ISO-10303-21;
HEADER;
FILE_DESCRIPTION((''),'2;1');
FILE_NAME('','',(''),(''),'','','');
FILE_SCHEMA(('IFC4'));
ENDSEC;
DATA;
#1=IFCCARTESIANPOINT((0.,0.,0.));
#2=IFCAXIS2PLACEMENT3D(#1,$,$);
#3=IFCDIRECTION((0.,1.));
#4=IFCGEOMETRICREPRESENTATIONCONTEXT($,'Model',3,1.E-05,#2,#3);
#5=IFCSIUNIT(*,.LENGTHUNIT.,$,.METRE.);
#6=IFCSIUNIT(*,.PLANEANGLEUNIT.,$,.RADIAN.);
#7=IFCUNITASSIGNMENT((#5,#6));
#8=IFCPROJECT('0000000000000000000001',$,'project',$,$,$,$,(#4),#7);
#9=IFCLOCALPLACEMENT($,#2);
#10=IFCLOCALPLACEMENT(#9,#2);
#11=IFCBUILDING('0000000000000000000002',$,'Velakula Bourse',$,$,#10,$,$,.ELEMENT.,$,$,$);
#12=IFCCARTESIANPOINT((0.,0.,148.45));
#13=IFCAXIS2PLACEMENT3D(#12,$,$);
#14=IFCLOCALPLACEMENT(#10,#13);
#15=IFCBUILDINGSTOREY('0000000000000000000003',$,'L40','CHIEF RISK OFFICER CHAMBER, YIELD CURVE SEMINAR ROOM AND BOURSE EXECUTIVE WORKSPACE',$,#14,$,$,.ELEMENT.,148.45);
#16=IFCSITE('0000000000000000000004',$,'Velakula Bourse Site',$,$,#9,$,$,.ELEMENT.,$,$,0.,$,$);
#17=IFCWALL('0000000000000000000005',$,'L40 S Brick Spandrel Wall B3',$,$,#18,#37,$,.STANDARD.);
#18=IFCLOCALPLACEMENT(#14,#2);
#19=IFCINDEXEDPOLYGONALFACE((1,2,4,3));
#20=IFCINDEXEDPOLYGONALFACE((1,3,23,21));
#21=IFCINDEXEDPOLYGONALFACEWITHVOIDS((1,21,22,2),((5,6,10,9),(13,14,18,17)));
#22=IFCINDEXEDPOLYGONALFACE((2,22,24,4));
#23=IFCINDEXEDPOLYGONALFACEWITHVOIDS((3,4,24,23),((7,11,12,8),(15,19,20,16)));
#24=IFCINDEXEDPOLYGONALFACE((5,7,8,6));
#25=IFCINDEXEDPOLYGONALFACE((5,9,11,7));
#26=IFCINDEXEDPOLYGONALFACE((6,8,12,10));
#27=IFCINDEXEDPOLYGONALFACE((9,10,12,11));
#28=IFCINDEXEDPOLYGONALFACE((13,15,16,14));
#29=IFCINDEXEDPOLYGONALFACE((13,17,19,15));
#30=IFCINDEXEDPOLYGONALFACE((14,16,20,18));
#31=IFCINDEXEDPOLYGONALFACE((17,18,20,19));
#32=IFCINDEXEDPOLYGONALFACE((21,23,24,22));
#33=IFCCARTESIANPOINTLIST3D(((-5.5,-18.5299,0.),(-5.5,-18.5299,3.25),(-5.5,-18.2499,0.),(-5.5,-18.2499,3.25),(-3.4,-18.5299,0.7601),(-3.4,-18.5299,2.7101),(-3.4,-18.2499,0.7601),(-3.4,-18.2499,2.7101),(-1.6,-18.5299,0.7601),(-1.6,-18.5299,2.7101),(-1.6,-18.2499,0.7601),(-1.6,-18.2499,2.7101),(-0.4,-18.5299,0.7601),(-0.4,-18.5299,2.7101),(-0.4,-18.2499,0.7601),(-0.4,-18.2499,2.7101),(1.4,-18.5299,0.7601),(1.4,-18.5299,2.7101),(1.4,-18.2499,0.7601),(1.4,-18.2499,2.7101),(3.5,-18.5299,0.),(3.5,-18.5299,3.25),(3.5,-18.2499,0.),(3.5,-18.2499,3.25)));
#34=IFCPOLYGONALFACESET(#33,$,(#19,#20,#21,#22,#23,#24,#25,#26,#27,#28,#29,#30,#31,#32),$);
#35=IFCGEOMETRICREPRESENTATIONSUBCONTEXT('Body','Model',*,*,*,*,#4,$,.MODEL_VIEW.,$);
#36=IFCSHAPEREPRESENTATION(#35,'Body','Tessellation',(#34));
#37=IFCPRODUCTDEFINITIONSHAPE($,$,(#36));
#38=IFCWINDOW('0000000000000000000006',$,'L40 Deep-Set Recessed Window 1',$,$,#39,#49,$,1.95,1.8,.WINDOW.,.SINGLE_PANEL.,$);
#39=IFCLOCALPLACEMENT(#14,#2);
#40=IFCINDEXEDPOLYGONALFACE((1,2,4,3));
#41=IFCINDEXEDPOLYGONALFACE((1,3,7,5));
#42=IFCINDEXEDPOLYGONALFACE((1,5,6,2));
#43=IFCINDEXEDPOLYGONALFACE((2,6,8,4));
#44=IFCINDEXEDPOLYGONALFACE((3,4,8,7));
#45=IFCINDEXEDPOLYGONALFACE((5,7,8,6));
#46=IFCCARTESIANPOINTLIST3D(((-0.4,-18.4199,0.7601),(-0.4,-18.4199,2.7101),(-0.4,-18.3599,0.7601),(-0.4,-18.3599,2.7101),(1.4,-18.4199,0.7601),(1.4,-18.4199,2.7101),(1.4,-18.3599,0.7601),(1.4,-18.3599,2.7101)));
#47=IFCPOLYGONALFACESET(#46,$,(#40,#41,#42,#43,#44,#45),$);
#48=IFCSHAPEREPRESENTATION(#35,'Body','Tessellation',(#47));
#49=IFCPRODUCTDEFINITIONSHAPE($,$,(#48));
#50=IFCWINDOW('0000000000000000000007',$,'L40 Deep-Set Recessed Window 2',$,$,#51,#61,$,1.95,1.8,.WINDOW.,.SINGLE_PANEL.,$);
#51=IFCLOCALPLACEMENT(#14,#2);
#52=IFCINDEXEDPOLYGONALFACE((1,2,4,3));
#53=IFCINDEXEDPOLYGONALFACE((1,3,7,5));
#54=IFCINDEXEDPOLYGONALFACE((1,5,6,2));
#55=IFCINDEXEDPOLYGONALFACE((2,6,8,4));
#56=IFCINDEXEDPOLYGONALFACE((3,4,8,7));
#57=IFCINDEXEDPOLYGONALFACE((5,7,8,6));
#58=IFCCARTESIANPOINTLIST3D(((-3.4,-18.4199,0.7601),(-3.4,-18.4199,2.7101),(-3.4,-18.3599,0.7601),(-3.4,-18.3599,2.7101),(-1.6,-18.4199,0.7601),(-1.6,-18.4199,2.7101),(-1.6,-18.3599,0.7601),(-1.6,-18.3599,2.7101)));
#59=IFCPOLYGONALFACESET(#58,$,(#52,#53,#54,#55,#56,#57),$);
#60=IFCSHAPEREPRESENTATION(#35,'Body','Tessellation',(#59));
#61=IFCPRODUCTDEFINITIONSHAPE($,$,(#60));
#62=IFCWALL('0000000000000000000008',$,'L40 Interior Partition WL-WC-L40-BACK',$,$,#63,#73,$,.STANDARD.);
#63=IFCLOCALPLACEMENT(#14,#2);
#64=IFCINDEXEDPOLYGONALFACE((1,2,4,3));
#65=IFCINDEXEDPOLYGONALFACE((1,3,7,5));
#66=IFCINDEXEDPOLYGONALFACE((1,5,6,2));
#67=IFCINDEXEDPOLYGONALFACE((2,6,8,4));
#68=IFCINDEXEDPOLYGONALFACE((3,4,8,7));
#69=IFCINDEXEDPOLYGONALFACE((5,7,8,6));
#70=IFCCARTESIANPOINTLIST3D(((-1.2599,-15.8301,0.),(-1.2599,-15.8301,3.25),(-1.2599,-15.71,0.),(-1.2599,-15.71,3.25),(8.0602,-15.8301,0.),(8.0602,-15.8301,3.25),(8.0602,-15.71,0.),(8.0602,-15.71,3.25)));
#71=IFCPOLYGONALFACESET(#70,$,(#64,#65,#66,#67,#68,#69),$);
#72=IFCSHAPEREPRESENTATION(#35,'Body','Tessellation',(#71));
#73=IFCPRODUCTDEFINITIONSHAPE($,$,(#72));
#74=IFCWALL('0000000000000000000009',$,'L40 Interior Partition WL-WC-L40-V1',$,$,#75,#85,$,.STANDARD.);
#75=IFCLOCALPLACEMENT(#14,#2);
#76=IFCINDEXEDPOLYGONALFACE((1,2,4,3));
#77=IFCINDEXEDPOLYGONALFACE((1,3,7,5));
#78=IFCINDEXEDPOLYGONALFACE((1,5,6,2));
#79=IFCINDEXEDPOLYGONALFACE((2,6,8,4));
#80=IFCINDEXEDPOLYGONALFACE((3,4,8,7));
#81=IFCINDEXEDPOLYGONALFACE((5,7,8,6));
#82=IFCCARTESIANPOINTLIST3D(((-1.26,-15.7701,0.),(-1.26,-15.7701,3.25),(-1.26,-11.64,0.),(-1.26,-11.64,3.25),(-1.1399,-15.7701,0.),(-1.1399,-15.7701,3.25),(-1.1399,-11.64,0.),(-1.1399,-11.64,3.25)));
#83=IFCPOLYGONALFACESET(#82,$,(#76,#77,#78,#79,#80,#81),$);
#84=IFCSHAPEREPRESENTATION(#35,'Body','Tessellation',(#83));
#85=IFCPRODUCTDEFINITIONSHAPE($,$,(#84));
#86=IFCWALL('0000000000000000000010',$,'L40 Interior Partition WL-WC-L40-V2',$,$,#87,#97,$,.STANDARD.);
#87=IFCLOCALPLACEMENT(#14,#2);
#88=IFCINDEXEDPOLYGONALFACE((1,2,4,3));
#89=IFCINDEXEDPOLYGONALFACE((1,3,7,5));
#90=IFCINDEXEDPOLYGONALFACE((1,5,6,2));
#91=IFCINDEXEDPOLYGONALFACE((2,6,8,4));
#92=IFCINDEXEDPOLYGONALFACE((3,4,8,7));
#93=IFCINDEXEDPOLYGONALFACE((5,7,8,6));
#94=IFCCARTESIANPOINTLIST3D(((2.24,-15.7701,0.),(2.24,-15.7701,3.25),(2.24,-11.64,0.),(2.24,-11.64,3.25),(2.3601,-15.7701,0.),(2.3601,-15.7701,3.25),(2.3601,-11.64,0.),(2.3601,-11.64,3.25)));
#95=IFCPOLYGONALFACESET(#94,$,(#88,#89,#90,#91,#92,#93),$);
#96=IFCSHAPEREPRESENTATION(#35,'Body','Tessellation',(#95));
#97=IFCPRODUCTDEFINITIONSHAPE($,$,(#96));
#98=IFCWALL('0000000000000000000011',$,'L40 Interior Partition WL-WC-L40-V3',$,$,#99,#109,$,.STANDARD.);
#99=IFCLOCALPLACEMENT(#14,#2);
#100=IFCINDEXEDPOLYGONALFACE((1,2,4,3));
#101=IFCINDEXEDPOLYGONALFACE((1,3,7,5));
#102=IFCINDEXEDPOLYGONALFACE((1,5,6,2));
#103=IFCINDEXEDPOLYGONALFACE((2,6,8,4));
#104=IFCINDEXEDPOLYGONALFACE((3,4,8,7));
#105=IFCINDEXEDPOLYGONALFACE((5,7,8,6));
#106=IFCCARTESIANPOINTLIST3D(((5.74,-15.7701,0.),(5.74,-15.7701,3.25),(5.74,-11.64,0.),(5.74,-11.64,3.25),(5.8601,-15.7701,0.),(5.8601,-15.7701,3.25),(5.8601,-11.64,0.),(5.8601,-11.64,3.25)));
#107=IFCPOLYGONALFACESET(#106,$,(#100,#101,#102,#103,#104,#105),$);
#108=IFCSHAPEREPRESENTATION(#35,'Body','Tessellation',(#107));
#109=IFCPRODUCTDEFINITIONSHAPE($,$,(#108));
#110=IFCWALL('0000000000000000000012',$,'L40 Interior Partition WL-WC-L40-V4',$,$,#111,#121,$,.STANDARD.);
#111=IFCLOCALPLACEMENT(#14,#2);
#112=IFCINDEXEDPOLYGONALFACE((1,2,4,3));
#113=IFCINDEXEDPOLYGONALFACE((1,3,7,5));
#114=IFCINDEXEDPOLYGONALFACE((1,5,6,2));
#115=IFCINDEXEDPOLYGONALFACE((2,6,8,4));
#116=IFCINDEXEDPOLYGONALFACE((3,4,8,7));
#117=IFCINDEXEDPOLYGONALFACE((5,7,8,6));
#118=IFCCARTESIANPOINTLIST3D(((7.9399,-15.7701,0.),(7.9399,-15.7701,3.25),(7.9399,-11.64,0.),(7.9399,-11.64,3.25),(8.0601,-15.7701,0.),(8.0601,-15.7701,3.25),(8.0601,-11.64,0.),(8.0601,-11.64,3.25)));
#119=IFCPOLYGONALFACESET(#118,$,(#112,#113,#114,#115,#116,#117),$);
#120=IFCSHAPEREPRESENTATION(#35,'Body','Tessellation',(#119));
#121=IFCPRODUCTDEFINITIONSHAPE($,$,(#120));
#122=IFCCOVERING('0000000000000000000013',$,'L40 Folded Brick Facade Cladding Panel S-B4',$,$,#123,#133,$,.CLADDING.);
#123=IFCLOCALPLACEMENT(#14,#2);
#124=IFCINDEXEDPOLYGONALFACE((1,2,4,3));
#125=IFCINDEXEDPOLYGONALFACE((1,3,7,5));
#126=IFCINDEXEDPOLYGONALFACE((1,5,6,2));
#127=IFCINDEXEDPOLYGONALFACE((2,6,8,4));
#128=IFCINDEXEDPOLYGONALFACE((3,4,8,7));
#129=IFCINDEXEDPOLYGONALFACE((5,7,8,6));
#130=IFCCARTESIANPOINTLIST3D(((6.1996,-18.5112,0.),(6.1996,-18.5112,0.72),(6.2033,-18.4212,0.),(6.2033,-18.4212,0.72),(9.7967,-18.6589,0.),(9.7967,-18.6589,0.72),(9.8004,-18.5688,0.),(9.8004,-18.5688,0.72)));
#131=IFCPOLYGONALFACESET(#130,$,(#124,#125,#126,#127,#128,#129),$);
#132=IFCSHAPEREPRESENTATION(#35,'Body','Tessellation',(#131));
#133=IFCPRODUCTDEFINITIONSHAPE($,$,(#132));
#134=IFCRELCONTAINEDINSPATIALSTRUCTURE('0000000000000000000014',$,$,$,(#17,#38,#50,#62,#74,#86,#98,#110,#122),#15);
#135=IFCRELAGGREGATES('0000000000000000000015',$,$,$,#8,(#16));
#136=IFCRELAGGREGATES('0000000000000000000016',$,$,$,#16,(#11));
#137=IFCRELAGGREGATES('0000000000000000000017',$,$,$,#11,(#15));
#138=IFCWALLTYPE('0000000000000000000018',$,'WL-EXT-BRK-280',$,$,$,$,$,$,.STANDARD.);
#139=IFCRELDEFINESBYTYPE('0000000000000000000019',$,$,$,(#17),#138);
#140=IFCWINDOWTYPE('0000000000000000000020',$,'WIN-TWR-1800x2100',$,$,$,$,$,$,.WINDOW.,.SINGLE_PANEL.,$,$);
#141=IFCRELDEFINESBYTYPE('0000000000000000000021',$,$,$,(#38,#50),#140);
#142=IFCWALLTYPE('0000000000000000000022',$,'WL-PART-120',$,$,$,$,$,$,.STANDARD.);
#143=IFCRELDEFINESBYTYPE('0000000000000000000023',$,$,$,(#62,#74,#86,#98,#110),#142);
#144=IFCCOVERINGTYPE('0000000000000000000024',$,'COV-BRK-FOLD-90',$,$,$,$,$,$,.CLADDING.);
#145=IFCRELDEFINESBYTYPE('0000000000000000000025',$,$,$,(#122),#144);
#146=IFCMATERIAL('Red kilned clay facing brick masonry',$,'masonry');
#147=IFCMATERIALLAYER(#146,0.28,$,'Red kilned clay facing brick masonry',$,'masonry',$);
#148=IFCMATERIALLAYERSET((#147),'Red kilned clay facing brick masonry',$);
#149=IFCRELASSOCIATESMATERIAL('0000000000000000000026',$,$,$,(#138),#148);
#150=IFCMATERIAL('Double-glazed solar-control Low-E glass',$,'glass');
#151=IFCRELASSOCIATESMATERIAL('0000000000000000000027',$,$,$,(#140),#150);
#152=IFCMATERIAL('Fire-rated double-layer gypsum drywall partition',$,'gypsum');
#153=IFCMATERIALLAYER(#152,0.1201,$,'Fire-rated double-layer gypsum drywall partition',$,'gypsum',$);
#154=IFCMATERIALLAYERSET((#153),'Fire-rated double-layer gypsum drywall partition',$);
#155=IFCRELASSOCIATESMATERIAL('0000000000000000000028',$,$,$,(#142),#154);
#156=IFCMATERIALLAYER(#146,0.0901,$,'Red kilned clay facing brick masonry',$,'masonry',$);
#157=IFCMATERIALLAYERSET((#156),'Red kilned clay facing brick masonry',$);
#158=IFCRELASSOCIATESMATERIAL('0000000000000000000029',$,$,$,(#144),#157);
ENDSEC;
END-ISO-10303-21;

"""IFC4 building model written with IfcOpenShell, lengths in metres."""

from ifc_helpers import new_model, si_unit, direction, frame, frame_2d, origin, origin_2d, place, context, subcontext, project, spatial, rectangle, extrude, material, layer, layer_set, type_object, element, fill, save


model = new_model("IFC4")

# Units and contexts
model_context = context("Model", 3, precision=1e-05, world=origin(), true_north=direction((0.0, 1.0)))
body_context = subcontext(model_context, "Body", "Model", "MODEL_VIEW")
ifc_project = project(units=[si_unit("LENGTHUNIT", "METRE"), si_unit("PLANEANGLEUNIT", "RADIAN")], contexts=[model_context])

# Site, building, storey
site_placement = place(None, origin())
site = spatial("IfcSite", under=ifc_project, at=site_placement, Name="Velakula Bourse Site", CompositionType="ELEMENT", RefElevation=0.0)
building_placement = place(site_placement, origin())
building = spatial("IfcBuilding", under=site, at=building_placement, Name="Velakula Bourse", CompositionType="ELEMENT")
storey_placement = place(building_placement, frame((0.0, 0.0, 148.45)))
storey = spatial("IfcBuildingStorey", under=building, at=storey_placement, Name="L40", Description="CHIEF RISK OFFICER CHAMBER, YIELD CURVE SEMINAR ROOM AND BOURSE EXECUTIVE WORKSPACE", CompositionType="ELEMENT", Elevation=148.45)

# Wall, openings, windows
ifc_material_1 = material(Name="Red kilned clay facing brick masonry", Category="masonry")
ifc_layer_1 = layer(ifc_material_1, 0.28, Name="Red kilned clay facing brick masonry", Category="masonry")
ifc_layer_set_1 = layer_set([ifc_layer_1], Name="Red kilned clay facing brick masonry")
wall_type_1 = type_object("IfcWallType", Name="WL-EXT-BRK-280", PredefinedType="STANDARD", material=ifc_layer_set_1)
wall_1_placement = place(storey_placement, frame((3.5, -18.3899, 0.0), z_axis=(0.0, 0.0, 1.0), x_axis=(-1.0, 0.0, 0.0)))
wall_1 = element("IfcWall", 1, at=wall_1_placement, inside=storey, type_object=wall_type_1, Name="L40 S Brick Spandrel Wall B3", PredefinedType="STANDARD", context=body_context, shape_type="SweptSolid", body=[
    extrude(rectangle(XDim=9.0, YDim=0.28, at=frame_2d((4.5, 0.0))), origin(), (0.0, 0.0, 1.0), 3.25),
])
opening_1_placement = place(wall_1_placement, frame((2.1001, 0.0, 0.76)))
opening_1 = element("IfcOpeningElement", 2, at=opening_1_placement, cuts=wall_1, PredefinedType="OPENING", context=body_context, shape_type="SweptSolid", body=[
    extrude(rectangle(XDim=1.8, YDim=1.95, at=frame_2d((0.8999, 0.9751))), frame((0.0, 0.1499, 0.0), z_axis=(0.0, -1.0, 0.0), x_axis=(1.0, 0.0, 0.0)), (0.0, 0.0, 1.0), 0.3),
])
opening_2_placement = place(wall_1_placement, frame((5.1001, 0.0, 0.76)))
opening_2 = element("IfcOpeningElement", 3, at=opening_2_placement, cuts=wall_1, PredefinedType="OPENING", context=body_context, shape_type="SweptSolid", body=[
    extrude(rectangle(XDim=1.8, YDim=1.95, at=frame_2d((0.8999, 0.9751))), frame((0.0, 0.1499, 0.0), z_axis=(0.0, -1.0, 0.0), x_axis=(1.0, 0.0, 0.0)), (0.0, 0.0, 1.0), 0.3),
])
ifc_material_2 = material(Name="Double-glazed solar-control Low-E glass", Category="glass")
window_type = type_object("IfcWindowType", Name="WIN-TWR-1800x2100", PartitioningType="SINGLE_PANEL", PredefinedType="WINDOW", material=ifc_material_2)
window_1_placement = place(opening_1_placement, origin())
window_1 = element("IfcWindow", 4, at=window_1_placement, inside=storey, type_object=window_type, Name="L40 Deep-Set Recessed Window 1", OverallHeight=1.95, OverallWidth=1.8, PartitioningType="SINGLE_PANEL", PredefinedType="WINDOW", context=body_context, shape_type="SweptSolid", body=[
    extrude(rectangle(XDim=1.8, YDim=1.95, at=frame_2d((0.8999, 0.9751))), frame((0.0, 0.03, 0.0), z_axis=(0.0, -1.0, 0.0), x_axis=(1.0, 0.0, 0.0)), (0.0, 0.0, 1.0), 0.0601),
])
fill(opening_1, window_1)
window_2_placement = place(opening_2_placement, origin())
window_2 = element("IfcWindow", 5, at=window_2_placement, inside=storey, type_object=window_type, Name="L40 Deep-Set Recessed Window 2", OverallHeight=1.95, OverallWidth=1.8, PartitioningType="SINGLE_PANEL", PredefinedType="WINDOW", context=body_context, shape_type="SweptSolid", body=[
    extrude(rectangle(XDim=1.8, YDim=1.95, at=frame_2d((0.8999, 0.9751))), frame((0.0, 0.03, 0.0), z_axis=(0.0, -1.0, 0.0), x_axis=(1.0, 0.0, 0.0)), (0.0, 0.0, 1.0), 0.0601),
])
fill(opening_2, window_2)

# Walls
ifc_material_3 = material(Name="Fire-rated double-layer gypsum drywall partition", Category="gypsum")
ifc_layer_2 = layer(ifc_material_3, 0.1201, Name="Fire-rated double-layer gypsum drywall partition", Category="gypsum")
ifc_layer_set_2 = layer_set([ifc_layer_2], Name="Fire-rated double-layer gypsum drywall partition")
wall_type_2 = type_object("IfcWallType", Name="WL-PART-120", PredefinedType="STANDARD", material=ifc_layer_set_2)
wall_2_placement = place(storey_placement, frame((-1.26, -15.77, 0.0), z_axis=(0.0, 0.0, 1.0), x_axis=(1.0, 0.0, 0.0)))
element("IfcWall", 6, at=wall_2_placement, inside=storey, type_object=wall_type_2, Name="L40 Interior Partition WL-WC-L40-BACK", PredefinedType="STANDARD", context=body_context, shape_type="SweptSolid", body=[
    extrude(rectangle(XDim=9.3201, YDim=0.1201, at=frame_2d((4.6602, 0.0))), origin(), (0.0, 0.0, 1.0), 3.25),
])
for number, where, z_axis, x_axis, name in (
    (7, (-1.2, -15.77, 0.0), (0.0, 0.0, 1.0), (0.0, 1.0, 0.0), "L40 Interior Partition WL-WC-L40-V1"),
    (8, (2.3, -15.77, 0.0), (0.0, 0.0, 1.0), (0.0, 1.0, 0.0), "L40 Interior Partition WL-WC-L40-V2"),
    (9, (5.8, -15.77, 0.0), (0.0, 0.0, 1.0), (0.0, 1.0, 0.0), "L40 Interior Partition WL-WC-L40-V3"),
    (10, (8.0, -15.77, 0.0), (0.0, 0.0, 1.0), (0.0, 1.0, 0.0), "L40 Interior Partition WL-WC-L40-V4"),
):
    element("IfcWall", number, at=place(storey_placement, frame(where, z_axis=z_axis, x_axis=x_axis)), inside=storey, type_object=wall_type_2, Name=name, PredefinedType="STANDARD", context=body_context, shape_type="SweptSolid", body=[
        extrude(rectangle(XDim=4.1301, YDim=0.1201, at=frame_2d((2.0649, 0.0))), origin(), (0.0, 0.0, 1.0), 3.25),
    ])

# Covering
ifc_layer_3 = layer(ifc_material_1, 0.0901, Name="Red kilned clay facing brick masonry", Category="masonry")
ifc_layer_set_3 = layer_set([ifc_layer_3], Name="Red kilned clay facing brick masonry")
covering_type = type_object("IfcCoveringType", Name="COV-BRK-FOLD-90", PredefinedType="CLADDING", material=ifc_layer_set_3)
covering_placement = place(storey_placement, frame((8.0, -18.54, 0.0), z_axis=(0.0, 0.0, 1.0), x_axis=(0.999159, -0.041004, 0.0)))
element("IfcCovering", 11, at=covering_placement, inside=storey, type_object=covering_type, Name="L40 Folded Brick Facade Cladding Panel S-B4", PredefinedType="CLADDING", context=body_context, shape_type="SweptSolid", body=[
    extrude(rectangle(XDim=3.6001, YDim=0.0901, at=origin_2d()), origin(), (0.0, 0.0, 1.0), 0.72),
])

save(model, "model.ifc")
